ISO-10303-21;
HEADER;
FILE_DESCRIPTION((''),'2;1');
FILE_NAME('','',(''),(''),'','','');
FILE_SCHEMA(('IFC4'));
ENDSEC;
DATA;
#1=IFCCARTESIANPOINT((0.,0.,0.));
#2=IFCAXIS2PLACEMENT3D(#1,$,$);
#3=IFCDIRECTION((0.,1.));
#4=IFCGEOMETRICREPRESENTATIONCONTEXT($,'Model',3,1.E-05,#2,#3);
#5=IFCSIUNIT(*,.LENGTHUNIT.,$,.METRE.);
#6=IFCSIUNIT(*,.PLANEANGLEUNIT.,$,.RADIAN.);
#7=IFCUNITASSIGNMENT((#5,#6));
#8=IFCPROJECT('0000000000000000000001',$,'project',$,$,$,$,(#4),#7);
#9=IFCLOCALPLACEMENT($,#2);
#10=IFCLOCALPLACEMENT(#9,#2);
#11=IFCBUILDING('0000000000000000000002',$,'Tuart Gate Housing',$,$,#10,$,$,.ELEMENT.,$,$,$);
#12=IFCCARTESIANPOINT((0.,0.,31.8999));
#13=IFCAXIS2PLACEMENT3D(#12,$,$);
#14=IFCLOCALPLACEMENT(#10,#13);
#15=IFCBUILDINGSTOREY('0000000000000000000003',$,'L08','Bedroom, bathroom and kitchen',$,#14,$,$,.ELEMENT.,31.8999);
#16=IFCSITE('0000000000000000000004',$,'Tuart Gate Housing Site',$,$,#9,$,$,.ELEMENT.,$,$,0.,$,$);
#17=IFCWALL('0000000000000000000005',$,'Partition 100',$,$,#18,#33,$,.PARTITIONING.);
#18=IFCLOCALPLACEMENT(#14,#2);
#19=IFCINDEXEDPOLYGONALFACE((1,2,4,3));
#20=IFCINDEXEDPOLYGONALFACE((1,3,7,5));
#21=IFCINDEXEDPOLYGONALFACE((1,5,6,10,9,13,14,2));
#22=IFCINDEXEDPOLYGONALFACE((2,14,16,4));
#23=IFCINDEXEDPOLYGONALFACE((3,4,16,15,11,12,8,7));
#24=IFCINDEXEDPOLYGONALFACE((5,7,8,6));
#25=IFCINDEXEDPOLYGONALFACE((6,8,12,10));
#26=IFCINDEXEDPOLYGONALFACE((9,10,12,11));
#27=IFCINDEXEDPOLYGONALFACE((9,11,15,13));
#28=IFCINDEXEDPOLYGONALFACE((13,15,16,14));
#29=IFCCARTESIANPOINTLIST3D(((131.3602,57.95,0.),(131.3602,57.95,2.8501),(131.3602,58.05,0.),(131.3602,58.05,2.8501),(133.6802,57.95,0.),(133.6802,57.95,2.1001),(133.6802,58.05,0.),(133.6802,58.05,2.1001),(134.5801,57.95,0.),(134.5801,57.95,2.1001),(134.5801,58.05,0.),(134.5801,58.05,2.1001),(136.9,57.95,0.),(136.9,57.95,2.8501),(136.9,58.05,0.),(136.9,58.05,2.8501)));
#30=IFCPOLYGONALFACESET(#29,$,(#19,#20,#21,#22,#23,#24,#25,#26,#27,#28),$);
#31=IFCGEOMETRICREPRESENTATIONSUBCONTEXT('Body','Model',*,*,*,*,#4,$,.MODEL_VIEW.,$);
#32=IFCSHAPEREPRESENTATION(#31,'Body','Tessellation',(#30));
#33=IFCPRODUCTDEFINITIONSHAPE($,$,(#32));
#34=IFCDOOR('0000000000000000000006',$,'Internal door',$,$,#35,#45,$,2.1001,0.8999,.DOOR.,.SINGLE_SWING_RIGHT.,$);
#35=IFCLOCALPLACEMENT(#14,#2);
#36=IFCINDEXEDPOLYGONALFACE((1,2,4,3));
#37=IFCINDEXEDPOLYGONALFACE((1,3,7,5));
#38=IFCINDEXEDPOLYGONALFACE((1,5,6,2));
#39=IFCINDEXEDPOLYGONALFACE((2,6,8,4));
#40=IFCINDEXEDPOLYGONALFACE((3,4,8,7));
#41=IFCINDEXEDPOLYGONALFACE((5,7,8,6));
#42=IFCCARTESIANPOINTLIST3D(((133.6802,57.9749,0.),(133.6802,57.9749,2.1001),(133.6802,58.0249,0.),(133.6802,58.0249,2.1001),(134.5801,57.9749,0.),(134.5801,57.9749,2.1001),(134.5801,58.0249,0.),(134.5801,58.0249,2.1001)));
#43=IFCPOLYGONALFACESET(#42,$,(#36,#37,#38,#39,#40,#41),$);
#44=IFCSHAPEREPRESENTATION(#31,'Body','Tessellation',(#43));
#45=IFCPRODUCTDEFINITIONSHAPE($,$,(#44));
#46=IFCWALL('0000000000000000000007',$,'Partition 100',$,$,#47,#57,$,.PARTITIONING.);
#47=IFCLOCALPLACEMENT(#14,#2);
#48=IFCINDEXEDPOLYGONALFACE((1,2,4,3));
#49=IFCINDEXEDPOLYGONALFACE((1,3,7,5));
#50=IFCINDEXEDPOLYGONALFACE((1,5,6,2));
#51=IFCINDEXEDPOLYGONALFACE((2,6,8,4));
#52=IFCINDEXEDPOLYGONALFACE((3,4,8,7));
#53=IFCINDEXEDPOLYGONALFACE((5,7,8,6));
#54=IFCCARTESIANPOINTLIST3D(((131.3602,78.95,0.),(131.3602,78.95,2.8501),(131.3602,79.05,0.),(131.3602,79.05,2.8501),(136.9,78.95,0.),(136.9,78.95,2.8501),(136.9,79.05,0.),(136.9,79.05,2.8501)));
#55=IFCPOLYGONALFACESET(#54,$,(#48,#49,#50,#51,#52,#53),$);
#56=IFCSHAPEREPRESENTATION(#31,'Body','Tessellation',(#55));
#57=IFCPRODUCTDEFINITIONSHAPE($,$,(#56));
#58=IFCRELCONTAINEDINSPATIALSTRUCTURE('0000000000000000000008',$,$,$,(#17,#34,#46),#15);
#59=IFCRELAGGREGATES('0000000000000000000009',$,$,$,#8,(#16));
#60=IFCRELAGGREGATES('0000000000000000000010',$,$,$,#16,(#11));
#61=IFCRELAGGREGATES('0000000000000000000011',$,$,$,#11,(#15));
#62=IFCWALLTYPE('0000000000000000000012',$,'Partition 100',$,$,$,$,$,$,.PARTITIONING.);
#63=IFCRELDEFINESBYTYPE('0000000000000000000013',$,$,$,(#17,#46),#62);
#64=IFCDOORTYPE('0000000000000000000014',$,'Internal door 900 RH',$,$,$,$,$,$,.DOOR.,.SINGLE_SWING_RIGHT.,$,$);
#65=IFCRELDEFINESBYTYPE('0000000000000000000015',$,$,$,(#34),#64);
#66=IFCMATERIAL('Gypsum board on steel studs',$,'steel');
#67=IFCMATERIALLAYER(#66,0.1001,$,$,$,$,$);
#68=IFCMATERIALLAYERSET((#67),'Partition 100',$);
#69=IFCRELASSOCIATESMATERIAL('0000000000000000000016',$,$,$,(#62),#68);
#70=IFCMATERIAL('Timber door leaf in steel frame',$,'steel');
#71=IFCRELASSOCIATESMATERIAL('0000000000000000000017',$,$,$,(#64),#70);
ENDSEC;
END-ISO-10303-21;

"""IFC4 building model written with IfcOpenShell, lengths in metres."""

from ifc_helpers import new_model, si_unit, direction, frame, frame_2d, origin, place, context, subcontext, project, spatial, rectangle, extrude, material, layer, layer_set, type_object, element, fill, save


model = new_model("IFC4")

# Units and contexts
model_context = context("Model", 3, precision=1e-05, world=origin(), true_north=direction((0.0, 1.0)))
body_context = subcontext(model_context, "Body", "Model", "MODEL_VIEW")
ifc_project = project(units=[si_unit("LENGTHUNIT", "METRE"), si_unit("PLANEANGLEUNIT", "RADIAN")], contexts=[model_context])

# Site, building, storey
site_placement = place(None, origin())
site = spatial("IfcSite", under=ifc_project, at=site_placement, Name="Tuart Gate Housing Site", CompositionType="ELEMENT", RefElevation=0.0)
building_placement = place(site_placement, origin())
building = spatial("IfcBuilding", under=site, at=building_placement, Name="Tuart Gate Housing", CompositionType="ELEMENT")
storey_placement = place(building_placement, frame((0.0, 0.0, 31.8999)))
storey = spatial("IfcBuildingStorey", under=building, at=storey_placement, Name="L08", Description="Bedroom, bathroom and kitchen", CompositionType="ELEMENT", Elevation=31.8999)

# Wall, opening, door
ifc_material_1 = material(Name="Gypsum board on steel studs", Category="steel")
ifc_layer_1 = layer(ifc_material_1, 0.1001)
ifc_layer_set_1 = layer_set([ifc_layer_1], Name="Partition 100")
wall_type_1 = type_object("IfcWallType", Name="Partition 100", PredefinedType="PARTITIONING", material=ifc_layer_set_1)
wall_1_placement = place(storey_placement, frame((131.3601, 58.0, 0.0), z_axis=(0.0, 0.0, 1.0), x_axis=(1.0, 0.0, 0.0)))
wall_1 = element("IfcWall", 1, at=wall_1_placement, inside=storey, type_object=wall_type_1, Name="Partition 100", PredefinedType="PARTITIONING", context=body_context, shape_type="SweptSolid", body=[
    extrude(rectangle(XDim=5.5398, YDim=0.1001, at=frame_2d((2.77, 0.0))), origin(), (0.0, 0.0, 1.0), 2.8501),
])
opening_1_placement = place(wall_1_placement, frame((2.3201, 0.0, 0.0)))
opening_1 = element("IfcOpeningElement", 2, at=opening_1_placement, cuts=wall_1, PredefinedType="OPENING", context=body_context, shape_type="SweptSolid", body=[
    extrude(rectangle(XDim=0.8999, YDim=2.1001, at=frame_2d((0.45, 1.05))), frame((0.0, 0.0601, 0.0), z_axis=(0.0, -1.0, 0.0), x_axis=(1.0, 0.0, 0.0)), (0.0, 0.0, 1.0), 0.1201),
])
ifc_material_2 = material(Name="Timber door leaf in steel frame", Category="steel")
door_type = type_object("IfcDoorType", Name="Internal door 900 RH", OperationType="SINGLE_SWING_RIGHT", PredefinedType="DOOR", material=ifc_material_2)
door_placement = place(opening_1_placement, frame((0.8999, 0.0, 0.0), z_axis=(0.0, 0.0, 1.0), x_axis=(-1.0, 0.0, 0.0)))
door = element("IfcDoor", 3, at=door_placement, inside=storey, type_object=door_type, Name="Internal door", OperationType="SINGLE_SWING_RIGHT", OverallHeight=2.1001, OverallWidth=0.8999, PredefinedType="DOOR", context=body_context, shape_type="SweptSolid", body=[
    extrude(rectangle(XDim=0.8999, YDim=2.1001, at=frame_2d((0.45, 1.05))), frame((0.0, 0.0251, 0.0), z_axis=(0.0, -1.0, 0.0), x_axis=(1.0, 0.0, 0.0)), (0.0, 0.0, 1.0), 0.05),
])
fill(opening_1, door)

# Wall
wall_2_placement = place(storey_placement, frame((131.3601, 79.0, 0.0), z_axis=(0.0, 0.0, 1.0), x_axis=(1.0, 0.0, 0.0)))
element("IfcWall", 4, at=wall_2_placement, inside=storey, type_object=wall_type_1, Name="Partition 100", PredefinedType="PARTITIONING", context=body_context, shape_type="SweptSolid", body=[
    extrude(rectangle(XDim=5.5398, YDim=0.1001, at=frame_2d((2.77, 0.0))), origin(), (0.0, 0.0, 1.0), 2.8501),
])

save(model, "model.ifc")
